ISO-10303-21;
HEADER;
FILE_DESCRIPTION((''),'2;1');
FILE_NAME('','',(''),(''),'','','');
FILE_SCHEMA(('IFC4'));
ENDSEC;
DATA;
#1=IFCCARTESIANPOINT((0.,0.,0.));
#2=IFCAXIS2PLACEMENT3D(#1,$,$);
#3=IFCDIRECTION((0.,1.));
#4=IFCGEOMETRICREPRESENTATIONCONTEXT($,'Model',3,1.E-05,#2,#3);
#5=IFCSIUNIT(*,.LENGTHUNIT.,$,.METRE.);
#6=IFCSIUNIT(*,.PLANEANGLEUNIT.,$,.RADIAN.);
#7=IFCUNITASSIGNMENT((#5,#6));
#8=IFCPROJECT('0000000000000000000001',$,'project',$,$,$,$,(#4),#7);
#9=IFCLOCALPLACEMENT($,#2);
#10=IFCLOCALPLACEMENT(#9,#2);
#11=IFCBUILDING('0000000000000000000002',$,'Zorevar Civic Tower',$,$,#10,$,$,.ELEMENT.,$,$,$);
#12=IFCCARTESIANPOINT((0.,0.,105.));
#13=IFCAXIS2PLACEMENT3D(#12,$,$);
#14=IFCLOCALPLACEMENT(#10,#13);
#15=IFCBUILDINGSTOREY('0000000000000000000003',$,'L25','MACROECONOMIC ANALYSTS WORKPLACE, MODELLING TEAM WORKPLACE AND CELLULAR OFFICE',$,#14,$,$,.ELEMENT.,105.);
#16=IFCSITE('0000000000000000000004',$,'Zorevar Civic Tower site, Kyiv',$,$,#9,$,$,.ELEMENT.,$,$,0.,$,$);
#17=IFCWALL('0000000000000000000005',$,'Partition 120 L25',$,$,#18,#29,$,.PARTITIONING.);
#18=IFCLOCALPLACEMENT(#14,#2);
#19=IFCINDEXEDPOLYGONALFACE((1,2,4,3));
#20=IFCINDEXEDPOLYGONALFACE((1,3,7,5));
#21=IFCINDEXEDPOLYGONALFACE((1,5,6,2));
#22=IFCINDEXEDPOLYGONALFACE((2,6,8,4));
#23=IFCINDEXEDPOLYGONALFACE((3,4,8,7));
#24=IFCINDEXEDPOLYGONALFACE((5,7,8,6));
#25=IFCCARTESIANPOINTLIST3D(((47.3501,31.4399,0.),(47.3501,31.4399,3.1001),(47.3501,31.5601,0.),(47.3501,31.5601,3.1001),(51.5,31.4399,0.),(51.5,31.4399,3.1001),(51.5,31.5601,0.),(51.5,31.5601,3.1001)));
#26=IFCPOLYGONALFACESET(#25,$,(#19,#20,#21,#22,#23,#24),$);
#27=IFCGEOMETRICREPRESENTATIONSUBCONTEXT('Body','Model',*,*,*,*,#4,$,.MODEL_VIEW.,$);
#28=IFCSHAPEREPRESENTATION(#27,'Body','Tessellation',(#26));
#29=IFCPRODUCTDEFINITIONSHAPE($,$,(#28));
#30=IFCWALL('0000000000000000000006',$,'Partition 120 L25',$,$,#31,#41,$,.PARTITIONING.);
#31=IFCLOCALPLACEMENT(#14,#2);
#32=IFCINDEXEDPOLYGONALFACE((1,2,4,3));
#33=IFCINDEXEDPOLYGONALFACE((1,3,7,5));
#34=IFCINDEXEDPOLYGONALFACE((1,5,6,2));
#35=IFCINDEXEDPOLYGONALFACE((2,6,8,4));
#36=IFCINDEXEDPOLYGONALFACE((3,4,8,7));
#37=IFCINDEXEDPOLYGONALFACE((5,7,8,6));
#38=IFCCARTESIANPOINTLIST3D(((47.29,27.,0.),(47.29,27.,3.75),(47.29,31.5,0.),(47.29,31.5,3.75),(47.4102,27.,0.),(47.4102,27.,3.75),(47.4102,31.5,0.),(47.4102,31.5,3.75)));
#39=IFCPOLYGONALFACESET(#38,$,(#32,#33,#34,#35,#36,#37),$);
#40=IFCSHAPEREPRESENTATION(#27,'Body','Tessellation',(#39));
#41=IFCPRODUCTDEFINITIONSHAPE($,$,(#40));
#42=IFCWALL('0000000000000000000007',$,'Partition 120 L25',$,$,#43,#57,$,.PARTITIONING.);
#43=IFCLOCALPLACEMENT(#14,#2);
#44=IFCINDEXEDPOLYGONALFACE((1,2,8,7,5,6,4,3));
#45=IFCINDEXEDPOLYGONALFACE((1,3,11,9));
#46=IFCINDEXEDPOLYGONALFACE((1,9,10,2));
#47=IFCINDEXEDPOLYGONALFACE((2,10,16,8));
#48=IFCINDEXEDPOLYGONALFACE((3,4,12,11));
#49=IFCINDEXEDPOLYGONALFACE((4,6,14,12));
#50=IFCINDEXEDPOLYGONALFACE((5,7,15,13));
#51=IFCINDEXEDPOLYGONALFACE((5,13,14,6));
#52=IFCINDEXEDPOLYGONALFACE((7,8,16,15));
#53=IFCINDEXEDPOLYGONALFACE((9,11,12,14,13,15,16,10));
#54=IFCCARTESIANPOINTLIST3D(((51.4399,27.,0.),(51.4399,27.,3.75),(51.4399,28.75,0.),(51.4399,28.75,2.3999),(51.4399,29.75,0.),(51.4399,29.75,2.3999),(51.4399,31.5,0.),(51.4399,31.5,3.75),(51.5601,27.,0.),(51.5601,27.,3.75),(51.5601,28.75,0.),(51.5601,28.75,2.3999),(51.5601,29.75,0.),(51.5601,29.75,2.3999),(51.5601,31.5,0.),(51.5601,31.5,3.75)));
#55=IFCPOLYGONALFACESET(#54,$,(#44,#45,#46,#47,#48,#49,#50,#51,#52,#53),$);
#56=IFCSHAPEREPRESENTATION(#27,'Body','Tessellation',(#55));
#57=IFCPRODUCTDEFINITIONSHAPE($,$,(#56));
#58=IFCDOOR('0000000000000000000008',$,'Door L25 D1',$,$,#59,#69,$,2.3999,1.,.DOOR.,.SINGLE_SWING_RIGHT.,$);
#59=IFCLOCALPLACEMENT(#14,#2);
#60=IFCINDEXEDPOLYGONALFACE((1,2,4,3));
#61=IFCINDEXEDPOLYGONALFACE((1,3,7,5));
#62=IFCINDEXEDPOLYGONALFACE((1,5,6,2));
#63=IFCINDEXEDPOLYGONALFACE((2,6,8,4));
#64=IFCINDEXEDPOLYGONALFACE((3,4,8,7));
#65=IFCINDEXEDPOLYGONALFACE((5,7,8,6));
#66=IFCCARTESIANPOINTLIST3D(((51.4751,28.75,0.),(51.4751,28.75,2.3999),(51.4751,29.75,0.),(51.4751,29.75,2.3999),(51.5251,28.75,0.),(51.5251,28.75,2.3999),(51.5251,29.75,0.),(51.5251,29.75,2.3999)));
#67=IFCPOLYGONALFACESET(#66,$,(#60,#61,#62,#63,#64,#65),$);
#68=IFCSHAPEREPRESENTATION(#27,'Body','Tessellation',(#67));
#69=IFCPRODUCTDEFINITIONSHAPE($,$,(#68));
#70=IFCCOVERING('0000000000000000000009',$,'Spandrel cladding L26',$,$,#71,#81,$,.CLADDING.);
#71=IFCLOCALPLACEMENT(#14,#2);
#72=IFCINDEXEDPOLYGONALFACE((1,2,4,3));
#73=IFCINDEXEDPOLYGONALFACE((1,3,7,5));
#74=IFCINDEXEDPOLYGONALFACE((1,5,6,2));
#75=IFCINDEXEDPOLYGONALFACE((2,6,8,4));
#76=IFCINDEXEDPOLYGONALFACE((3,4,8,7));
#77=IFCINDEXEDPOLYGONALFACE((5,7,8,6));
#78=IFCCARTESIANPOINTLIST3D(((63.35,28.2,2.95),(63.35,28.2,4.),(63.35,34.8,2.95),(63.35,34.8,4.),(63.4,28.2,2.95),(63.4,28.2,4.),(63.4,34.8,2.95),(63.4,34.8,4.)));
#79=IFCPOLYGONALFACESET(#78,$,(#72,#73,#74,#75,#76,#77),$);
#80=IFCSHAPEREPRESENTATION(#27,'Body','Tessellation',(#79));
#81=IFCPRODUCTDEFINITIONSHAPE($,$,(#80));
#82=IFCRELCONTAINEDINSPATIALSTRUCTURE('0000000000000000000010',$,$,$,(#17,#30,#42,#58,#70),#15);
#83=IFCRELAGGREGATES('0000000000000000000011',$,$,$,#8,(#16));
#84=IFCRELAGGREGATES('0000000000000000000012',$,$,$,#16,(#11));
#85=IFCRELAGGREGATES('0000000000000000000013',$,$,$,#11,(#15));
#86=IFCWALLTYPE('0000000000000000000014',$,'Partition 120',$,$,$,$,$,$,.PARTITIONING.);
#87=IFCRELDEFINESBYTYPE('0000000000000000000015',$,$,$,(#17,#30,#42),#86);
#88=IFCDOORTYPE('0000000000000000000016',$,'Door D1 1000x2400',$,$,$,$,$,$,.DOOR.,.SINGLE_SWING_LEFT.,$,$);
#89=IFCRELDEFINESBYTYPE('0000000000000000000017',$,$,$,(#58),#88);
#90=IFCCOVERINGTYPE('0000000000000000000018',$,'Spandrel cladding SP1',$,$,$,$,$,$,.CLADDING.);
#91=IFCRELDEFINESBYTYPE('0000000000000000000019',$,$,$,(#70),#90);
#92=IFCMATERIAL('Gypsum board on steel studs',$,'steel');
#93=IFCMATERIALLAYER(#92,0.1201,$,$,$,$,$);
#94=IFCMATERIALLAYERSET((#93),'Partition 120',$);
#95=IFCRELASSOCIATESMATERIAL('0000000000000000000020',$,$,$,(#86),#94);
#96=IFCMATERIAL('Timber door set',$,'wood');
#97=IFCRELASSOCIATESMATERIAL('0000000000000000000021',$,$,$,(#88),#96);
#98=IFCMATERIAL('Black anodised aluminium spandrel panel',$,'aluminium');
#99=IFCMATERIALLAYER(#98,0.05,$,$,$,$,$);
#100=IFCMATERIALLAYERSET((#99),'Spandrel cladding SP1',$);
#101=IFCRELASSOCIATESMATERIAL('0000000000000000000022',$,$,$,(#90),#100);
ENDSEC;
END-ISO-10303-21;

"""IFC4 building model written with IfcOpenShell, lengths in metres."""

from ifc_helpers import new_model, si_unit, direction, frame, frame_2d, origin, place, context, subcontext, project, spatial, rectangle, extrude, material, layer, layer_set, type_object, element, fill, save


model = new_model("IFC4")

# Units and contexts
model_context = context("Model", 3, precision=1e-05, world=origin(), true_north=direction((0.0, 1.0)))
body_context = subcontext(model_context, "Body", "Model", "MODEL_VIEW")
ifc_project = project(units=[si_unit("LENGTHUNIT", "METRE"), si_unit("PLANEANGLEUNIT", "RADIAN")], contexts=[model_context])

# Site, building, storey
site_placement = place(None, origin())
site = spatial("IfcSite", under=ifc_project, at=site_placement, Name="Zorevar Civic Tower site, Kyiv", CompositionType="ELEMENT", RefElevation=0.0)
building_placement = place(site_placement, origin())
building = spatial("IfcBuilding", under=site, at=building_placement, Name="Zorevar Civic Tower", CompositionType="ELEMENT")
storey_placement = place(building_placement, frame((0.0, 0.0, 105.0)))
storey = spatial("IfcBuildingStorey", under=building, at=storey_placement, Name="L25", Description="MACROECONOMIC ANALYSTS WORKPLACE, MODELLING TEAM WORKPLACE AND CELLULAR OFFICE", CompositionType="ELEMENT", Elevation=105.0)

# Walls
ifc_material_1 = material(Name="Gypsum board on steel studs", Category="steel")
ifc_layer_1 = layer(ifc_material_1, 0.1201)
ifc_layer_set_1 = layer_set([ifc_layer_1], Name="Partition 120")
wall_type_1 = type_object("IfcWallType", Name="Partition 120", PredefinedType="PARTITIONING", material=ifc_layer_set_1)
wall_1_placement = place(storey_placement, frame((47.3501, 31.5, 0.0), z_axis=(0.0, 0.0, 1.0), x_axis=(1.0, 0.0, 0.0)))
element("IfcWall", 1, at=wall_1_placement, inside=storey, type_object=wall_type_1, Name="Partition 120 L25", PredefinedType="PARTITIONING", context=body_context, shape_type="SweptSolid", body=[
    extrude(rectangle(XDim=4.1499, YDim=0.1201, at=frame_2d((2.075, 0.0))), origin(), (0.0, 0.0, 1.0), 3.1001),
])
wall_2_placement = place(storey_placement, frame((47.3501, 27.0, 0.0), z_axis=(0.0, 0.0, 1.0), x_axis=(0.0, 1.0, 0.0)))
element("IfcWall", 2, at=wall_2_placement, inside=storey, type_object=wall_type_1, Name="Partition 120 L25", PredefinedType="PARTITIONING", context=body_context, shape_type="SweptSolid", body=[
    extrude(rectangle(XDim=4.5, YDim=0.1201, at=frame_2d((2.25, 0.0))), origin(), (0.0, 0.0, 1.0), 3.75),
])

# Wall, opening, door
wall_3_placement = place(storey_placement, frame((51.5, 27.0, 0.0), z_axis=(0.0, 0.0, 1.0), x_axis=(0.0, 1.0, 0.0)))
wall_3 = element("IfcWall", 3, at=wall_3_placement, inside=storey, type_object=wall_type_1, Name="Partition 120 L25", PredefinedType="PARTITIONING", context=body_context, shape_type="SweptSolid", body=[
    extrude(rectangle(XDim=4.5, YDim=0.1201, at=frame_2d((2.25, 0.0))), origin(), (0.0, 0.0, 1.0), 3.75),
])
opening_1_placement = place(wall_3_placement, frame((1.75, 0.0, 0.0)))
opening_1 = element("IfcOpeningElement", 4, at=opening_1_placement, cuts=wall_3, PredefinedType="OPENING", context=body_context, shape_type="SweptSolid", body=[
    extrude(rectangle(XDim=1.0, YDim=2.3999, at=frame_2d((0.5, 1.2))), frame((0.0, 0.0701, 0.0), z_axis=(0.0, -1.0, 0.0), x_axis=(1.0, 0.0, 0.0)), (0.0, 0.0, 1.0), 0.1401),
])
ifc_material_2 = material(Name="Timber door set", Category="wood")
door_type_1 = type_object("IfcDoorType", Name="Door D1 1000x2400", OperationType="SINGLE_SWING_LEFT", PredefinedType="DOOR", material=ifc_material_2)
door_1_placement = place(opening_1_placement, origin())
door_1 = element("IfcDoor", 5, at=door_1_placement, inside=storey, type_object=door_type_1, Name="Door L25 D1", OperationType="SINGLE_SWING_RIGHT", OverallHeight=2.3999, OverallWidth=1.0, PredefinedType="DOOR", context=body_context, shape_type="SweptSolid", body=[
    extrude(rectangle(XDim=1.0, YDim=2.3999, at=frame_2d((0.5, 1.2))), frame((0.0, 0.0249, 0.0), z_axis=(0.0, -1.0, 0.0), x_axis=(1.0, 0.0, 0.0)), (0.0, 0.0, 1.0), 0.05),
])
fill(opening_1, door_1)

# Covering
ifc_material_3 = material(Name="Black anodised aluminium spandrel panel", Category="aluminium")
ifc_layer_2 = layer(ifc_material_3, 0.05)
ifc_layer_set_2 = layer_set([ifc_layer_2], Name="Spandrel cladding SP1")
covering_type = type_object("IfcCoveringType", Name="Spandrel cladding SP1", PredefinedType="CLADDING", material=ifc_layer_set_2)
covering_placement = place(storey_placement, frame((63.375, 28.2, 2.95), z_axis=(0.0, 0.0, 1.0), x_axis=(0.0, 1.0, 0.0)))
element("IfcCovering", 6, at=covering_placement, inside=storey, type_object=covering_type, Name="Spandrel cladding L26", PredefinedType="CLADDING", context=body_context, shape_type="SweptSolid", body=[
    extrude(rectangle(XDim=6.6001, YDim=0.05, at=frame_2d((3.3, 0.0))), origin(), (0.0, 0.0, 1.0), 1.05),
])

save(model, "model.ifc")
